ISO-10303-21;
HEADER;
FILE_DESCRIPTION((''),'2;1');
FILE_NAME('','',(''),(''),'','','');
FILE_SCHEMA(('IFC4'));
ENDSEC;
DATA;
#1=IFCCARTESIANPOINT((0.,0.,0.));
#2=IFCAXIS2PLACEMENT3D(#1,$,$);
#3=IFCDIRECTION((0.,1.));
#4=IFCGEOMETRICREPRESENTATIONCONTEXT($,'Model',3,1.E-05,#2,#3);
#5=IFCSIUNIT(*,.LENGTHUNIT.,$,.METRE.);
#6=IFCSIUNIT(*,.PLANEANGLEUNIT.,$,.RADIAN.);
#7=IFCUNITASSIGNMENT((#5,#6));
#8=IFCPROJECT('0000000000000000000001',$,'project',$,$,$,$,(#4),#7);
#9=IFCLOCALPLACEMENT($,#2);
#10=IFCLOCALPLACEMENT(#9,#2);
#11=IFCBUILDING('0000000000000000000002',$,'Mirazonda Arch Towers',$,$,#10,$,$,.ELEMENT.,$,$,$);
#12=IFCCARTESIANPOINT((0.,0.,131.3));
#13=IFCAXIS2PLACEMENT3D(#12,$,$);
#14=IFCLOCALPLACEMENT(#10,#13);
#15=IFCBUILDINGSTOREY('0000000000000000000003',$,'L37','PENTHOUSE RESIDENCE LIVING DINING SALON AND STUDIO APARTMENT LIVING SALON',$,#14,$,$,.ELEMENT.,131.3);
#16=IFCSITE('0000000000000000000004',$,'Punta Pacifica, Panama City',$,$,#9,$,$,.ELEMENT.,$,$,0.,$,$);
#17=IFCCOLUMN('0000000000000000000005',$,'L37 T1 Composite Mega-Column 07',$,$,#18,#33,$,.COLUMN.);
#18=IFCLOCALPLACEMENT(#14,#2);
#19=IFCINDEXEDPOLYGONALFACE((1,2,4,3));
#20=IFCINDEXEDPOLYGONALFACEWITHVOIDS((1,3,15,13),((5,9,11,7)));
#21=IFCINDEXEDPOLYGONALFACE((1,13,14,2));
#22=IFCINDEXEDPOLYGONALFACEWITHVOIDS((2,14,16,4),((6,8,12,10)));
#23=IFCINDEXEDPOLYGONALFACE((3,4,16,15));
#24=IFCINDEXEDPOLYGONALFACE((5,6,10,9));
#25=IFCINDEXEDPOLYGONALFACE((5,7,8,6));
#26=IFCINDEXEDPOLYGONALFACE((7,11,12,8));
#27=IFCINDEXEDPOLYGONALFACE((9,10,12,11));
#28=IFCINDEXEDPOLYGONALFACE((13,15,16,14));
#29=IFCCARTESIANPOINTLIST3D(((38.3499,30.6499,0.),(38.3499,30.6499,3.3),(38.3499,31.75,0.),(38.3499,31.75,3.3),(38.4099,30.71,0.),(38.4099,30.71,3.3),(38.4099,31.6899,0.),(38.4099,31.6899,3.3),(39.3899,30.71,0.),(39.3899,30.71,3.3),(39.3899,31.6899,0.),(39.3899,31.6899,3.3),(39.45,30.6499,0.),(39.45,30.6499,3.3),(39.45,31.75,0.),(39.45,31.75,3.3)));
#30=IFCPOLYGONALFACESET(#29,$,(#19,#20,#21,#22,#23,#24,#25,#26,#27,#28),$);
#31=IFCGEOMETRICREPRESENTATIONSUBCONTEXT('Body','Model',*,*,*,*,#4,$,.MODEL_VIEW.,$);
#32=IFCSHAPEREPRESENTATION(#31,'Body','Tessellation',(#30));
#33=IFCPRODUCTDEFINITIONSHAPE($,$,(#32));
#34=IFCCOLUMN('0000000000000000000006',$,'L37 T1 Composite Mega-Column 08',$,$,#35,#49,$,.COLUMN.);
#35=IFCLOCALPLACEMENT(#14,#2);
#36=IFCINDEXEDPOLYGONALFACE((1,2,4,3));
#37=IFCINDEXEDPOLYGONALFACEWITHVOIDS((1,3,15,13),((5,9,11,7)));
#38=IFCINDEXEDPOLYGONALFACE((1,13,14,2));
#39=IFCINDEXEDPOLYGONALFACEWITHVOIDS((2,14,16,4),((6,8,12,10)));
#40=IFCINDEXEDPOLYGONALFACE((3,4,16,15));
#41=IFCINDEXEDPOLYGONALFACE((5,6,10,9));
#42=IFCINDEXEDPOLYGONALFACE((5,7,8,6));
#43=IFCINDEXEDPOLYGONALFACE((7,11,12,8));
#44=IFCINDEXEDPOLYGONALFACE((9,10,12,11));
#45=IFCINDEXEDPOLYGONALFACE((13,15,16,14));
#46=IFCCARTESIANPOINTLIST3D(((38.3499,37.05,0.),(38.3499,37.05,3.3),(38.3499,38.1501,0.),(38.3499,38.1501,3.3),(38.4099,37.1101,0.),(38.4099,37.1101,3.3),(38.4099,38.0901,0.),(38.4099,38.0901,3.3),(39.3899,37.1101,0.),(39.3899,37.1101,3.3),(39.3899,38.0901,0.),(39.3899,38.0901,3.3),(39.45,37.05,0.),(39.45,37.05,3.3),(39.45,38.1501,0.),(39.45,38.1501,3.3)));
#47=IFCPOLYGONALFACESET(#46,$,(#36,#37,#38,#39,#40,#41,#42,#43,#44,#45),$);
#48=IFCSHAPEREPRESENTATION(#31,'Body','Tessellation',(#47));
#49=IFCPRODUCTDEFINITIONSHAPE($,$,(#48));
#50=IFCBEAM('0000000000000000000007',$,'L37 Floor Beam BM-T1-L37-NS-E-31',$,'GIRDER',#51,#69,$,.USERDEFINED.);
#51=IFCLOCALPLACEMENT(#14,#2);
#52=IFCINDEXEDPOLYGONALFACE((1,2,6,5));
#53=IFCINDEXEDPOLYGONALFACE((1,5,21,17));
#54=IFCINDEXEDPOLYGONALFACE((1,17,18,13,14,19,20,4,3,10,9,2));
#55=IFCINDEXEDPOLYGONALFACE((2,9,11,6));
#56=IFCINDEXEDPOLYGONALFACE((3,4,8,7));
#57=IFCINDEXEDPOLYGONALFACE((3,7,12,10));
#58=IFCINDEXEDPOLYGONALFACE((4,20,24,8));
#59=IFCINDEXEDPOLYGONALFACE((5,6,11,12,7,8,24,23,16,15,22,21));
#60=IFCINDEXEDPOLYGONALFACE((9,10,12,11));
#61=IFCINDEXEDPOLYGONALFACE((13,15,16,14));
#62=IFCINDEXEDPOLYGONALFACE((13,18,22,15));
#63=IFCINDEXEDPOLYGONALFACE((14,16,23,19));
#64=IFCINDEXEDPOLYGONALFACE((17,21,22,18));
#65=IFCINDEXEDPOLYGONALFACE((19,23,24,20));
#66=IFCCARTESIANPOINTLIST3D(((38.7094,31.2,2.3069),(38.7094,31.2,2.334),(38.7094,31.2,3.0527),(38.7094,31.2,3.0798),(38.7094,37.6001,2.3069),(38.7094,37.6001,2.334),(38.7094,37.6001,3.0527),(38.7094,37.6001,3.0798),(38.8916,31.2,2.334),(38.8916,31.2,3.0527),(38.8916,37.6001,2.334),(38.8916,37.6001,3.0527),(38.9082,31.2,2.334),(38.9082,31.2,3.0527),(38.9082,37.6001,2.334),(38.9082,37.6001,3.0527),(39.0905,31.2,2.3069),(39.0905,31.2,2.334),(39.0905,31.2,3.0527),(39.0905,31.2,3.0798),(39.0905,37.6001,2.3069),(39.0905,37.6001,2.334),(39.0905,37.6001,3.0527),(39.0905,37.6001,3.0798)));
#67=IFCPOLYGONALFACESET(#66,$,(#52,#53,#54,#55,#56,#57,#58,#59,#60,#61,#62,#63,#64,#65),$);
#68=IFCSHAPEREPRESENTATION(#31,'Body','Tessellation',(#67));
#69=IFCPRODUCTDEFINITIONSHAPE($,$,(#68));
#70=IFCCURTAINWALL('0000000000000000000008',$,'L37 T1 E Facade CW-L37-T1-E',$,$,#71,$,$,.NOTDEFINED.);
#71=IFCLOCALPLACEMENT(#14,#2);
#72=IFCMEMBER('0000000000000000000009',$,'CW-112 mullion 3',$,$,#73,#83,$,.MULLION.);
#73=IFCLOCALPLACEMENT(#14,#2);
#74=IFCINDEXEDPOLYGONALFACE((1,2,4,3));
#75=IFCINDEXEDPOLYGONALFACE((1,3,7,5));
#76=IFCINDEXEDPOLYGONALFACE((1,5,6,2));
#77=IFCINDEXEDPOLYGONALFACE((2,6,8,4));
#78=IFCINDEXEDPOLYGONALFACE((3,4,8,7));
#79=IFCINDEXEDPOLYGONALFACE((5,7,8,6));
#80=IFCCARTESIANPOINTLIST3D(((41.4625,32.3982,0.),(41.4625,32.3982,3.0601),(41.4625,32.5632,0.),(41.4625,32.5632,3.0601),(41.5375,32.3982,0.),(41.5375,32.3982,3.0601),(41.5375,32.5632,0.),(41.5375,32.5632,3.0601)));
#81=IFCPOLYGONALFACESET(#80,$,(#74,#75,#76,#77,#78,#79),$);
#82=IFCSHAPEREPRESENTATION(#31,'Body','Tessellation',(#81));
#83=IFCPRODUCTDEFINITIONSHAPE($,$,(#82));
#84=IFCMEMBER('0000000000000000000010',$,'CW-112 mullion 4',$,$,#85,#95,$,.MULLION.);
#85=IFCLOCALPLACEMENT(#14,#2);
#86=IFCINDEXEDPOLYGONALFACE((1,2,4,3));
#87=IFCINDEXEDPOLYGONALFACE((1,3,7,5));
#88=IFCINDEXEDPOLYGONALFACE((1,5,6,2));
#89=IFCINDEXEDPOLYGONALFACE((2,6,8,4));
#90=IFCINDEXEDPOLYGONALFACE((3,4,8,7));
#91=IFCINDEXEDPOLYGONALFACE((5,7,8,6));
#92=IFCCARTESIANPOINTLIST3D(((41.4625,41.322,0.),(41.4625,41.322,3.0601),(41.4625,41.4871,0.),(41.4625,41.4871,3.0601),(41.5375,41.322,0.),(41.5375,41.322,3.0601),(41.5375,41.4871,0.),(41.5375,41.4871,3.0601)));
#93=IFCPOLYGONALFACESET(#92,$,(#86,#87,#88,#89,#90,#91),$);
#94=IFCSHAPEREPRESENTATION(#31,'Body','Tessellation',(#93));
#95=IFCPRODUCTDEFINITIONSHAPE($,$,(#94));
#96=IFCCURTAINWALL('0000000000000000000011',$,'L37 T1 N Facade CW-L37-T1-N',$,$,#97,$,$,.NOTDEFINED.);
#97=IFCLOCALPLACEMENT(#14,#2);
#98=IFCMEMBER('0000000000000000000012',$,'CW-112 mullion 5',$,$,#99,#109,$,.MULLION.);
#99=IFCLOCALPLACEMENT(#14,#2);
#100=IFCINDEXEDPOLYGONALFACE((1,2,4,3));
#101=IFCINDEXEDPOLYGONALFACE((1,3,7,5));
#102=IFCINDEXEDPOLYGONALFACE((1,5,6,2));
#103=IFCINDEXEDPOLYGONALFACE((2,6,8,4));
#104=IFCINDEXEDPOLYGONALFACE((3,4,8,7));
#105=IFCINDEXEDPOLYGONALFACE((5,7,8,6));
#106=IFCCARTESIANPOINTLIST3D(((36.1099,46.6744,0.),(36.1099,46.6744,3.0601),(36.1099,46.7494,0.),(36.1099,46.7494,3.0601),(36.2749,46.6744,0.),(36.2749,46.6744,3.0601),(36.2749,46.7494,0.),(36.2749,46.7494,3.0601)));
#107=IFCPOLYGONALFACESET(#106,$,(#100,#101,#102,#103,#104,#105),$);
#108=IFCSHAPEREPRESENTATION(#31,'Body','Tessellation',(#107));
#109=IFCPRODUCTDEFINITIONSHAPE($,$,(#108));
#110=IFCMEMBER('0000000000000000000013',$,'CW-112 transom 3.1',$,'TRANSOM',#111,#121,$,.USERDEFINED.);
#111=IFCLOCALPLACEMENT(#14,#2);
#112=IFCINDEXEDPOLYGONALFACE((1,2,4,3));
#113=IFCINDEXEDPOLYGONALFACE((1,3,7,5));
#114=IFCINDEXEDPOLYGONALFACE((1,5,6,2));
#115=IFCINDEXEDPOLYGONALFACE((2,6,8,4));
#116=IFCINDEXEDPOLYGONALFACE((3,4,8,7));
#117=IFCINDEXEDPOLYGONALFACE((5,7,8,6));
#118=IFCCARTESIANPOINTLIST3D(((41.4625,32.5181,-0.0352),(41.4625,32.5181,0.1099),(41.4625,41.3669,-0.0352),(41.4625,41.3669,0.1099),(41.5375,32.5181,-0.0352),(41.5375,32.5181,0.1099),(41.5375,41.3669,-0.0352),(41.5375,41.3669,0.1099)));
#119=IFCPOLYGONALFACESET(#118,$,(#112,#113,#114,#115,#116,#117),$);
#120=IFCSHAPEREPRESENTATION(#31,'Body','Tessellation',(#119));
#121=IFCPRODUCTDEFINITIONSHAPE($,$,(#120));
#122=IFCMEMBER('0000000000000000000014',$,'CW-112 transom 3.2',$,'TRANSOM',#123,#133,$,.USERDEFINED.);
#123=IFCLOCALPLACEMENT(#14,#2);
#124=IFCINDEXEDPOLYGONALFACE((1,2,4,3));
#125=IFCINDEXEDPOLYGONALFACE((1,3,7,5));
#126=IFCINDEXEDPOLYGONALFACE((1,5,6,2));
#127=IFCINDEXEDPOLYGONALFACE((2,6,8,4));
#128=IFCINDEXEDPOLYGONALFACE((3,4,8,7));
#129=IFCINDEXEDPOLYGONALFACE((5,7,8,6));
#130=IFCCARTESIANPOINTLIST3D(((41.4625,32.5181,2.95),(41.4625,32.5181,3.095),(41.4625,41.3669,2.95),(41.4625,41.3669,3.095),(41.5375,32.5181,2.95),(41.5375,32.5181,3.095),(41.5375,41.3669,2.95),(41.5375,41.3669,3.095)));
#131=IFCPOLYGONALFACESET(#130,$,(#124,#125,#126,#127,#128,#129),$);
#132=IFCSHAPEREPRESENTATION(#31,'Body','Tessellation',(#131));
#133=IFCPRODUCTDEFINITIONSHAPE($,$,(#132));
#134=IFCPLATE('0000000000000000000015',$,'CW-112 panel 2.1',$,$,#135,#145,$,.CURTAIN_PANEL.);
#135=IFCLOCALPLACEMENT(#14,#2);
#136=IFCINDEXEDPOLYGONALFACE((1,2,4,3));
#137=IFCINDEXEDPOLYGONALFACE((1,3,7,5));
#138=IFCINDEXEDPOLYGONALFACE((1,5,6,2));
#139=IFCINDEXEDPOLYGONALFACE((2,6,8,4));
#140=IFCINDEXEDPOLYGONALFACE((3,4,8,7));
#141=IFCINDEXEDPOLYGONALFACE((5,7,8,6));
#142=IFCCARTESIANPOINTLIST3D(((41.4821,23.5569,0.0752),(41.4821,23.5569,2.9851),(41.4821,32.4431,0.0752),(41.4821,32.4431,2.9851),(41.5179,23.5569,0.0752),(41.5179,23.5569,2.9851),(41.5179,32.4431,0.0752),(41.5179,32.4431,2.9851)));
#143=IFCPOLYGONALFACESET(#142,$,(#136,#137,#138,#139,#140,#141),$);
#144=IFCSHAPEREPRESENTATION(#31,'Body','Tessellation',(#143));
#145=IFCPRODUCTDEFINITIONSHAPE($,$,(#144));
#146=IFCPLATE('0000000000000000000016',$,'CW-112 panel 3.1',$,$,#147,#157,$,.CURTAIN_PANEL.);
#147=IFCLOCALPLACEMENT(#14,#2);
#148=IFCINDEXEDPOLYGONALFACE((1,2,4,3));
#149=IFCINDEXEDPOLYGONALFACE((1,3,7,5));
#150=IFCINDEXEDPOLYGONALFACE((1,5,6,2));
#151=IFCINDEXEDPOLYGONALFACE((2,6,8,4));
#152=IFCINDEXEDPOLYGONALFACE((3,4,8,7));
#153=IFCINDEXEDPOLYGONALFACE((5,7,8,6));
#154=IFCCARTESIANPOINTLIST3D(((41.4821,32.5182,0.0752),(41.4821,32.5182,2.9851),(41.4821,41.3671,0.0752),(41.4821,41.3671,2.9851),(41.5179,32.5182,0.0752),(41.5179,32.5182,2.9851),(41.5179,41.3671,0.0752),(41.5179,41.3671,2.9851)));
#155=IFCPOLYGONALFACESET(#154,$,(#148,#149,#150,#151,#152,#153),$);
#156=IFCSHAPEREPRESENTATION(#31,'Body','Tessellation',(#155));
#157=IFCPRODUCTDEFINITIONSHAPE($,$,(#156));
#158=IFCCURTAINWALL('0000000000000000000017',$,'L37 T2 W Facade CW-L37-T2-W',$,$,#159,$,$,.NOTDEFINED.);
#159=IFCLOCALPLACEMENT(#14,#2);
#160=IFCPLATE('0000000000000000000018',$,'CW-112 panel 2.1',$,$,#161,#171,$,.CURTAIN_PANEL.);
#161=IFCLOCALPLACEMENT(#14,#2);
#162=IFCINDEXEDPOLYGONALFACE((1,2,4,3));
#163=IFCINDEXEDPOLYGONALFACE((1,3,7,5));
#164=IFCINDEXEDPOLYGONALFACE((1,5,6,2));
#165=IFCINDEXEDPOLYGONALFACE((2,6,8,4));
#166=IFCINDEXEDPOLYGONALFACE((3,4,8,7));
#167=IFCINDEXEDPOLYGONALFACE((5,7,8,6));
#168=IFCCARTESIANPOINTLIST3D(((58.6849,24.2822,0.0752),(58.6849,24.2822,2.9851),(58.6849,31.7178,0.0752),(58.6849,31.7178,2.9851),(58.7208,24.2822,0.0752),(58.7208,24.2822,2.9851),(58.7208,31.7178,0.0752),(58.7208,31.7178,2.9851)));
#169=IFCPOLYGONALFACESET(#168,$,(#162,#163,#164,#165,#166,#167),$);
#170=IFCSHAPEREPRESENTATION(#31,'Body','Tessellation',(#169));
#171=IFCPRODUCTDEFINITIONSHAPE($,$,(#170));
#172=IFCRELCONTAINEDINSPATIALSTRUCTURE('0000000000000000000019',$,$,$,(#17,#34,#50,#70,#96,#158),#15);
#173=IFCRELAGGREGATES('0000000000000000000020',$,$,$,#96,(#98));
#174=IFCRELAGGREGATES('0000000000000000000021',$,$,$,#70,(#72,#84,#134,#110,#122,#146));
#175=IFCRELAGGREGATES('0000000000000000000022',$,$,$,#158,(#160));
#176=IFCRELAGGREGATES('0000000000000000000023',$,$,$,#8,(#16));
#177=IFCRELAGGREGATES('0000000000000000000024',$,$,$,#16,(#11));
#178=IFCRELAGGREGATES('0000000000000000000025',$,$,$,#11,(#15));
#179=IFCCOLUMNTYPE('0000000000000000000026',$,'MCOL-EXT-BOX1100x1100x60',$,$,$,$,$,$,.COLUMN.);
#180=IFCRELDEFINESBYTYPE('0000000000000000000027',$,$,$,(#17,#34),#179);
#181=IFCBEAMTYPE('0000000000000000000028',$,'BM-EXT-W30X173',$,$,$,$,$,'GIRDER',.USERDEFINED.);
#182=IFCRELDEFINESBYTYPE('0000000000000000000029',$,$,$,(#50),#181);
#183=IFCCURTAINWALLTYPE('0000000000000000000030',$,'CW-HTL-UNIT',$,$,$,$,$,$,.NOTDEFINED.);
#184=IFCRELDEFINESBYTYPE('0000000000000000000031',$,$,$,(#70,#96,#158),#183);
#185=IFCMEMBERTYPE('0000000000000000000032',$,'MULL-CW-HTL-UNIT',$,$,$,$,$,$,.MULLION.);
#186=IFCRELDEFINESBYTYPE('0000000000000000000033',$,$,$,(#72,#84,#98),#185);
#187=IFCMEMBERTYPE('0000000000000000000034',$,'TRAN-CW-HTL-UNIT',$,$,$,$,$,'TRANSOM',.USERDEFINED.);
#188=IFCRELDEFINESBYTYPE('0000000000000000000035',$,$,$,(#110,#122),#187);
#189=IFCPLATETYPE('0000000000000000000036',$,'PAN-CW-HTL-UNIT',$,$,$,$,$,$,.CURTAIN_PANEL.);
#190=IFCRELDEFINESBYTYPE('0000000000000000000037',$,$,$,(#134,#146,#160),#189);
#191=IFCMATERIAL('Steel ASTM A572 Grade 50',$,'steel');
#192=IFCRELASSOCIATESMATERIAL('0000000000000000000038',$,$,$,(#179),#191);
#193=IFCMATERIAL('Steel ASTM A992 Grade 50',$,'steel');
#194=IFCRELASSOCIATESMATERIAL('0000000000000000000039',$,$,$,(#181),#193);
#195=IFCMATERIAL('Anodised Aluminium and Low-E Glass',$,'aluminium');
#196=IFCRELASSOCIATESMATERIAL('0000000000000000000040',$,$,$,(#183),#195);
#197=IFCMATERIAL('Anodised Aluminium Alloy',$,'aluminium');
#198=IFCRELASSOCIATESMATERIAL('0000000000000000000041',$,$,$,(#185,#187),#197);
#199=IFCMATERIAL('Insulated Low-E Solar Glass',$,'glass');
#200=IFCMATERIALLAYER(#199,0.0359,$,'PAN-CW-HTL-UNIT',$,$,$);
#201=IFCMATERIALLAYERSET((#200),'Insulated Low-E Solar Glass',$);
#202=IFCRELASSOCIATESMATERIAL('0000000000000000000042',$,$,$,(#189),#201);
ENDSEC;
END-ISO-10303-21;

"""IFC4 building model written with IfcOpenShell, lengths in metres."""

from ifc_helpers import new_model, si_unit, direction, frame, origin, origin_2d, place, context, subcontext, project, spatial, rectangle, hollow_rectangle, i_section, extrude, material, layer, layer_set, material_profile, profile_set, type_object, element, aggregate, save


model = new_model("IFC4")

# Units and contexts
model_context = context("Model", 3, precision=1e-05, world=origin(), true_north=direction((0.0, 1.0)))
body_context = subcontext(model_context, "Body", "Model", "MODEL_VIEW")
ifc_project = project(units=[si_unit("LENGTHUNIT", "METRE"), si_unit("PLANEANGLEUNIT", "RADIAN")], contexts=[model_context])

# Site, building, storey
site_placement = place(None, origin())
site = spatial("IfcSite", under=ifc_project, at=site_placement, Name="Punta Pacifica, Panama City", CompositionType="ELEMENT", RefElevation=0.0)
building_placement = place(site_placement, origin())
building = spatial("IfcBuilding", under=site, at=building_placement, Name="Mirazonda Arch Towers", CompositionType="ELEMENT")
storey_placement = place(building_placement, frame((0.0, 0.0, 131.3)))
storey = spatial("IfcBuildingStorey", under=building, at=storey_placement, Name="L37", Description="PENTHOUSE RESIDENCE LIVING DINING SALON AND STUDIO APARTMENT LIVING SALON", CompositionType="ELEMENT", Elevation=131.3)

# Columns
ifc_material_1 = material(Name="Steel ASTM A572 Grade 50", Category="steel")
ifc_material_profile_1 = material_profile(ifc_material_1, hollow_rectangle(XDim=1.1001, YDim=1.1001, WallThickness=0.0601, at=origin_2d()), Name="BOX1100x1100x60")
ifc_profile_set_1 = profile_set([ifc_material_profile_1], Name="Steel ASTM A572 Grade 50")
column_type = type_object("IfcColumnType", Name="MCOL-EXT-BOX1100x1100x60", PredefinedType="COLUMN", material=ifc_profile_set_1)
for number, where, z_axis, x_axis, name in (
    (1, (38.8999, 31.2, 0.0), (0.0, 0.0, 1.0), (1.0, 0.0, 0.0), "L37 T1 Composite Mega-Column 07"),
    (2, (38.8999, 37.6001, 0.0), (0.0, 0.0, 1.0), (1.0, 0.0, 0.0), "L37 T1 Composite Mega-Column 08"),
):
    element("IfcColumn", number, at=place(storey_placement, frame(where, z_axis=z_axis, x_axis=x_axis)), inside=storey, type_object=column_type, Name=name, PredefinedType="COLUMN", context=body_context, shape_type="SweptSolid", body=[
        extrude(hollow_rectangle(XDim=1.1001, YDim=1.1001, WallThickness=0.0601, at=origin_2d()), origin(), (0.0, 0.0, 1.0), 3.3),
    ])

# Beam
ifc_material_2 = material(Name="Steel ASTM A992 Grade 50", Category="steel")
ifc_material_profile_2 = material_profile(ifc_material_2, i_section(OverallWidth=0.3811, OverallDepth=0.7729, WebThickness=0.0166, FlangeThickness=0.0271, at=origin_2d()), Name="W30X173")
ifc_profile_set_2 = profile_set([ifc_material_profile_2], Name="Steel ASTM A992 Grade 50")
beam_type = type_object("IfcBeamType", Name="BM-EXT-W30X173", ElementType="GIRDER", PredefinedType="USERDEFINED", material=ifc_profile_set_2)
beam_placement = place(storey_placement, frame((38.8999, 31.2, 2.6934), z_axis=(0.0, 1.0, 0.0), x_axis=(-1.0, 0.0, 0.0)))
element("IfcBeam", 3, at=beam_placement, inside=storey, type_object=beam_type, Name="L37 Floor Beam BM-T1-L37-NS-E-31", ObjectType="GIRDER", PredefinedType="USERDEFINED", context=body_context, shape_type="SweptSolid", body=[
    extrude(i_section(OverallWidth=0.3811, OverallDepth=0.7729, WebThickness=0.0166, FlangeThickness=0.0271, at=origin_2d()), origin(), (0.0, 0.0, 1.0), 6.4001),
])

# Curtain wall, members
ifc_material_3 = material(Name="Anodised Aluminium and Low-E Glass", Category="aluminium")
curtain_wall_type = type_object("IfcCurtainWallType", Name="CW-HTL-UNIT", PredefinedType="NOTDEFINED", material=ifc_material_3)
curtain_wall_1_placement = place(storey_placement, origin())
curtain_wall_1 = element("IfcCurtainWall", 4, at=curtain_wall_1_placement, inside=storey, type_object=curtain_wall_type, Name="L37 T1 E Facade CW-L37-T1-E", PredefinedType="NOTDEFINED")
ifc_material_4 = material(Name="Anodised Aluminium Alloy", Category="aluminium")
ifc_material_profile_3 = material_profile(ifc_material_4, rectangle(XDim=0.075, YDim=0.165, at=origin_2d()), Name="ALU-MULL-75x165")
ifc_profile_set_3 = profile_set([ifc_material_profile_3], Name="Anodised Aluminium Alloy")
member_type_1 = type_object("IfcMemberType", Name="MULL-CW-HTL-UNIT", PredefinedType="MULLION", material=ifc_profile_set_3)
member_1_placement = place(storey_placement, frame((41.5, 32.4807, 0.0), z_axis=(0.0, 0.0, 1.0), x_axis=(-1.0, 0.0, 0.0)))
member_1 = element("IfcMember", 5, at=member_1_placement, type_object=member_type_1, Name="CW-112 mullion 3", PredefinedType="MULLION", context=body_context, shape_type="SweptSolid", body=[
    extrude(rectangle(XDim=0.075, YDim=0.165, at=origin_2d()), origin(), (0.0, 0.0, 1.0), 3.0601),
])
member_2_placement = place(storey_placement, frame((41.5, 41.4045, 0.0), z_axis=(0.0, 0.0, 1.0), x_axis=(-1.0, 0.0, 0.0)))
member_2 = element("IfcMember", 6, at=member_2_placement, type_object=member_type_1, Name="CW-112 mullion 4", PredefinedType="MULLION", context=body_context, shape_type="SweptSolid", body=[
    extrude(rectangle(XDim=0.075, YDim=0.165, at=origin_2d()), origin(), (0.0, 0.0, 1.0), 3.0601),
])

# Curtain wall, member
curtain_wall_2_placement = place(storey_placement, origin())
curtain_wall_2 = element("IfcCurtainWall", 7, at=curtain_wall_2_placement, inside=storey, type_object=curtain_wall_type, Name="L37 T1 N Facade CW-L37-T1-N", PredefinedType="NOTDEFINED")
member_3_placement = place(storey_placement, frame((36.1924, 46.7119, 0.0), z_axis=(0.0, 0.0, 1.0), x_axis=(0.0, 1.0, 0.0)))
member_3 = element("IfcMember", 8, at=member_3_placement, type_object=member_type_1, Name="CW-112 mullion 5", PredefinedType="MULLION", context=body_context, shape_type="SweptSolid", body=[
    extrude(rectangle(XDim=0.075, YDim=0.165, at=origin_2d()), origin(), (0.0, 0.0, 1.0), 3.0601),
])
aggregate(curtain_wall_2, [member_3])

# Members
ifc_material_profile_4 = material_profile(ifc_material_4, rectangle(XDim=0.075, YDim=0.145, at=origin_2d()), Name="ALU-TRAN-75x145")
ifc_profile_set_4 = profile_set([ifc_material_profile_4], Name="Anodised Aluminium Alloy")
member_type_2 = type_object("IfcMemberType", Name="TRAN-CW-HTL-UNIT", ElementType="TRANSOM", PredefinedType="USERDEFINED", material=ifc_profile_set_4)
member_4_placement = place(storey_placement, frame((41.5, 32.5181, 0.0374), z_axis=(0.0, 1.0, 0.0), x_axis=(-1.0, 0.0, 0.0)))
member_4 = element("IfcMember", 9, at=member_4_placement, type_object=member_type_2, Name="CW-112 transom 3.1", ObjectType="TRANSOM", PredefinedType="USERDEFINED", context=body_context, shape_type="SweptSolid", body=[
    extrude(rectangle(XDim=0.075, YDim=0.145, at=origin_2d()), origin(), (0.0, 0.0, 1.0), 8.8489),
])
member_5_placement = place(storey_placement, frame((41.5, 32.5181, 3.0225), z_axis=(0.0, 1.0, 0.0), x_axis=(-1.0, 0.0, 0.0)))
member_5 = element("IfcMember", 10, at=member_5_placement, type_object=member_type_2, Name="CW-112 transom 3.2", ObjectType="TRANSOM", PredefinedType="USERDEFINED", context=body_context, shape_type="SweptSolid", body=[
    extrude(rectangle(XDim=0.075, YDim=0.145, at=origin_2d()), origin(), (0.0, 0.0, 1.0), 8.8489),
])

# Plates
ifc_material_5 = material(Name="Insulated Low-E Solar Glass", Category="glass")
ifc_layer_1 = layer(ifc_material_5, 0.0359, Name="PAN-CW-HTL-UNIT")
ifc_layer_set_1 = layer_set([ifc_layer_1], Name="Insulated Low-E Solar Glass")
plate_type = type_object("IfcPlateType", Name="PAN-CW-HTL-UNIT", PredefinedType="CURTAIN_PANEL", material=ifc_layer_set_1)
plate_1_placement = place(storey_placement, frame((41.5, 28.0, 0.0752), z_axis=(0.0, 0.0, 1.0), x_axis=(0.0, 1.0, 0.0)))
plate_1 = element("IfcPlate", 11, at=plate_1_placement, type_object=plate_type, Name="CW-112 panel 2.1", PredefinedType="CURTAIN_PANEL", context=body_context, shape_type="SweptSolid", body=[
    extrude(rectangle(XDim=8.8862, YDim=0.0359, at=origin_2d()), origin(), (0.0, 0.0, 1.0), 2.9099),
])
plate_2_placement = place(storey_placement, frame((41.5, 36.9426, 0.0752), z_axis=(0.0, 0.0, 1.0), x_axis=(0.0, 1.0, 0.0)))
plate_2 = element("IfcPlate", 12, at=plate_2_placement, type_object=plate_type, Name="CW-112 panel 3.1", PredefinedType="CURTAIN_PANEL", context=body_context, shape_type="SweptSolid", body=[
    extrude(rectangle(XDim=8.8489, YDim=0.0359, at=origin_2d()), origin(), (0.0, 0.0, 1.0), 2.9099),
])
aggregate(curtain_wall_1, [member_1, member_2, plate_1, member_4, member_5, plate_2])

# Curtain wall, plate
curtain_wall_3_placement = place(storey_placement, origin())
curtain_wall_3 = element("IfcCurtainWall", 13, at=curtain_wall_3_placement, inside=storey, type_object=curtain_wall_type, Name="L37 T2 W Facade CW-L37-T2-W", PredefinedType="NOTDEFINED")
plate_3_placement = place(storey_placement, frame((58.7029, 28.0, 0.0752), z_axis=(0.0, 0.0, 1.0), x_axis=(0.0, -1.0, 0.0)))
plate_3 = element("IfcPlate", 14, at=plate_3_placement, type_object=plate_type, Name="CW-112 panel 2.1", PredefinedType="CURTAIN_PANEL", context=body_context, shape_type="SweptSolid", body=[
    extrude(rectangle(XDim=7.4355, YDim=0.0359, at=origin_2d()), origin(), (0.0, 0.0, 1.0), 2.9099),
])
aggregate(curtain_wall_3, [plate_3])

save(model, "model.ifc")
